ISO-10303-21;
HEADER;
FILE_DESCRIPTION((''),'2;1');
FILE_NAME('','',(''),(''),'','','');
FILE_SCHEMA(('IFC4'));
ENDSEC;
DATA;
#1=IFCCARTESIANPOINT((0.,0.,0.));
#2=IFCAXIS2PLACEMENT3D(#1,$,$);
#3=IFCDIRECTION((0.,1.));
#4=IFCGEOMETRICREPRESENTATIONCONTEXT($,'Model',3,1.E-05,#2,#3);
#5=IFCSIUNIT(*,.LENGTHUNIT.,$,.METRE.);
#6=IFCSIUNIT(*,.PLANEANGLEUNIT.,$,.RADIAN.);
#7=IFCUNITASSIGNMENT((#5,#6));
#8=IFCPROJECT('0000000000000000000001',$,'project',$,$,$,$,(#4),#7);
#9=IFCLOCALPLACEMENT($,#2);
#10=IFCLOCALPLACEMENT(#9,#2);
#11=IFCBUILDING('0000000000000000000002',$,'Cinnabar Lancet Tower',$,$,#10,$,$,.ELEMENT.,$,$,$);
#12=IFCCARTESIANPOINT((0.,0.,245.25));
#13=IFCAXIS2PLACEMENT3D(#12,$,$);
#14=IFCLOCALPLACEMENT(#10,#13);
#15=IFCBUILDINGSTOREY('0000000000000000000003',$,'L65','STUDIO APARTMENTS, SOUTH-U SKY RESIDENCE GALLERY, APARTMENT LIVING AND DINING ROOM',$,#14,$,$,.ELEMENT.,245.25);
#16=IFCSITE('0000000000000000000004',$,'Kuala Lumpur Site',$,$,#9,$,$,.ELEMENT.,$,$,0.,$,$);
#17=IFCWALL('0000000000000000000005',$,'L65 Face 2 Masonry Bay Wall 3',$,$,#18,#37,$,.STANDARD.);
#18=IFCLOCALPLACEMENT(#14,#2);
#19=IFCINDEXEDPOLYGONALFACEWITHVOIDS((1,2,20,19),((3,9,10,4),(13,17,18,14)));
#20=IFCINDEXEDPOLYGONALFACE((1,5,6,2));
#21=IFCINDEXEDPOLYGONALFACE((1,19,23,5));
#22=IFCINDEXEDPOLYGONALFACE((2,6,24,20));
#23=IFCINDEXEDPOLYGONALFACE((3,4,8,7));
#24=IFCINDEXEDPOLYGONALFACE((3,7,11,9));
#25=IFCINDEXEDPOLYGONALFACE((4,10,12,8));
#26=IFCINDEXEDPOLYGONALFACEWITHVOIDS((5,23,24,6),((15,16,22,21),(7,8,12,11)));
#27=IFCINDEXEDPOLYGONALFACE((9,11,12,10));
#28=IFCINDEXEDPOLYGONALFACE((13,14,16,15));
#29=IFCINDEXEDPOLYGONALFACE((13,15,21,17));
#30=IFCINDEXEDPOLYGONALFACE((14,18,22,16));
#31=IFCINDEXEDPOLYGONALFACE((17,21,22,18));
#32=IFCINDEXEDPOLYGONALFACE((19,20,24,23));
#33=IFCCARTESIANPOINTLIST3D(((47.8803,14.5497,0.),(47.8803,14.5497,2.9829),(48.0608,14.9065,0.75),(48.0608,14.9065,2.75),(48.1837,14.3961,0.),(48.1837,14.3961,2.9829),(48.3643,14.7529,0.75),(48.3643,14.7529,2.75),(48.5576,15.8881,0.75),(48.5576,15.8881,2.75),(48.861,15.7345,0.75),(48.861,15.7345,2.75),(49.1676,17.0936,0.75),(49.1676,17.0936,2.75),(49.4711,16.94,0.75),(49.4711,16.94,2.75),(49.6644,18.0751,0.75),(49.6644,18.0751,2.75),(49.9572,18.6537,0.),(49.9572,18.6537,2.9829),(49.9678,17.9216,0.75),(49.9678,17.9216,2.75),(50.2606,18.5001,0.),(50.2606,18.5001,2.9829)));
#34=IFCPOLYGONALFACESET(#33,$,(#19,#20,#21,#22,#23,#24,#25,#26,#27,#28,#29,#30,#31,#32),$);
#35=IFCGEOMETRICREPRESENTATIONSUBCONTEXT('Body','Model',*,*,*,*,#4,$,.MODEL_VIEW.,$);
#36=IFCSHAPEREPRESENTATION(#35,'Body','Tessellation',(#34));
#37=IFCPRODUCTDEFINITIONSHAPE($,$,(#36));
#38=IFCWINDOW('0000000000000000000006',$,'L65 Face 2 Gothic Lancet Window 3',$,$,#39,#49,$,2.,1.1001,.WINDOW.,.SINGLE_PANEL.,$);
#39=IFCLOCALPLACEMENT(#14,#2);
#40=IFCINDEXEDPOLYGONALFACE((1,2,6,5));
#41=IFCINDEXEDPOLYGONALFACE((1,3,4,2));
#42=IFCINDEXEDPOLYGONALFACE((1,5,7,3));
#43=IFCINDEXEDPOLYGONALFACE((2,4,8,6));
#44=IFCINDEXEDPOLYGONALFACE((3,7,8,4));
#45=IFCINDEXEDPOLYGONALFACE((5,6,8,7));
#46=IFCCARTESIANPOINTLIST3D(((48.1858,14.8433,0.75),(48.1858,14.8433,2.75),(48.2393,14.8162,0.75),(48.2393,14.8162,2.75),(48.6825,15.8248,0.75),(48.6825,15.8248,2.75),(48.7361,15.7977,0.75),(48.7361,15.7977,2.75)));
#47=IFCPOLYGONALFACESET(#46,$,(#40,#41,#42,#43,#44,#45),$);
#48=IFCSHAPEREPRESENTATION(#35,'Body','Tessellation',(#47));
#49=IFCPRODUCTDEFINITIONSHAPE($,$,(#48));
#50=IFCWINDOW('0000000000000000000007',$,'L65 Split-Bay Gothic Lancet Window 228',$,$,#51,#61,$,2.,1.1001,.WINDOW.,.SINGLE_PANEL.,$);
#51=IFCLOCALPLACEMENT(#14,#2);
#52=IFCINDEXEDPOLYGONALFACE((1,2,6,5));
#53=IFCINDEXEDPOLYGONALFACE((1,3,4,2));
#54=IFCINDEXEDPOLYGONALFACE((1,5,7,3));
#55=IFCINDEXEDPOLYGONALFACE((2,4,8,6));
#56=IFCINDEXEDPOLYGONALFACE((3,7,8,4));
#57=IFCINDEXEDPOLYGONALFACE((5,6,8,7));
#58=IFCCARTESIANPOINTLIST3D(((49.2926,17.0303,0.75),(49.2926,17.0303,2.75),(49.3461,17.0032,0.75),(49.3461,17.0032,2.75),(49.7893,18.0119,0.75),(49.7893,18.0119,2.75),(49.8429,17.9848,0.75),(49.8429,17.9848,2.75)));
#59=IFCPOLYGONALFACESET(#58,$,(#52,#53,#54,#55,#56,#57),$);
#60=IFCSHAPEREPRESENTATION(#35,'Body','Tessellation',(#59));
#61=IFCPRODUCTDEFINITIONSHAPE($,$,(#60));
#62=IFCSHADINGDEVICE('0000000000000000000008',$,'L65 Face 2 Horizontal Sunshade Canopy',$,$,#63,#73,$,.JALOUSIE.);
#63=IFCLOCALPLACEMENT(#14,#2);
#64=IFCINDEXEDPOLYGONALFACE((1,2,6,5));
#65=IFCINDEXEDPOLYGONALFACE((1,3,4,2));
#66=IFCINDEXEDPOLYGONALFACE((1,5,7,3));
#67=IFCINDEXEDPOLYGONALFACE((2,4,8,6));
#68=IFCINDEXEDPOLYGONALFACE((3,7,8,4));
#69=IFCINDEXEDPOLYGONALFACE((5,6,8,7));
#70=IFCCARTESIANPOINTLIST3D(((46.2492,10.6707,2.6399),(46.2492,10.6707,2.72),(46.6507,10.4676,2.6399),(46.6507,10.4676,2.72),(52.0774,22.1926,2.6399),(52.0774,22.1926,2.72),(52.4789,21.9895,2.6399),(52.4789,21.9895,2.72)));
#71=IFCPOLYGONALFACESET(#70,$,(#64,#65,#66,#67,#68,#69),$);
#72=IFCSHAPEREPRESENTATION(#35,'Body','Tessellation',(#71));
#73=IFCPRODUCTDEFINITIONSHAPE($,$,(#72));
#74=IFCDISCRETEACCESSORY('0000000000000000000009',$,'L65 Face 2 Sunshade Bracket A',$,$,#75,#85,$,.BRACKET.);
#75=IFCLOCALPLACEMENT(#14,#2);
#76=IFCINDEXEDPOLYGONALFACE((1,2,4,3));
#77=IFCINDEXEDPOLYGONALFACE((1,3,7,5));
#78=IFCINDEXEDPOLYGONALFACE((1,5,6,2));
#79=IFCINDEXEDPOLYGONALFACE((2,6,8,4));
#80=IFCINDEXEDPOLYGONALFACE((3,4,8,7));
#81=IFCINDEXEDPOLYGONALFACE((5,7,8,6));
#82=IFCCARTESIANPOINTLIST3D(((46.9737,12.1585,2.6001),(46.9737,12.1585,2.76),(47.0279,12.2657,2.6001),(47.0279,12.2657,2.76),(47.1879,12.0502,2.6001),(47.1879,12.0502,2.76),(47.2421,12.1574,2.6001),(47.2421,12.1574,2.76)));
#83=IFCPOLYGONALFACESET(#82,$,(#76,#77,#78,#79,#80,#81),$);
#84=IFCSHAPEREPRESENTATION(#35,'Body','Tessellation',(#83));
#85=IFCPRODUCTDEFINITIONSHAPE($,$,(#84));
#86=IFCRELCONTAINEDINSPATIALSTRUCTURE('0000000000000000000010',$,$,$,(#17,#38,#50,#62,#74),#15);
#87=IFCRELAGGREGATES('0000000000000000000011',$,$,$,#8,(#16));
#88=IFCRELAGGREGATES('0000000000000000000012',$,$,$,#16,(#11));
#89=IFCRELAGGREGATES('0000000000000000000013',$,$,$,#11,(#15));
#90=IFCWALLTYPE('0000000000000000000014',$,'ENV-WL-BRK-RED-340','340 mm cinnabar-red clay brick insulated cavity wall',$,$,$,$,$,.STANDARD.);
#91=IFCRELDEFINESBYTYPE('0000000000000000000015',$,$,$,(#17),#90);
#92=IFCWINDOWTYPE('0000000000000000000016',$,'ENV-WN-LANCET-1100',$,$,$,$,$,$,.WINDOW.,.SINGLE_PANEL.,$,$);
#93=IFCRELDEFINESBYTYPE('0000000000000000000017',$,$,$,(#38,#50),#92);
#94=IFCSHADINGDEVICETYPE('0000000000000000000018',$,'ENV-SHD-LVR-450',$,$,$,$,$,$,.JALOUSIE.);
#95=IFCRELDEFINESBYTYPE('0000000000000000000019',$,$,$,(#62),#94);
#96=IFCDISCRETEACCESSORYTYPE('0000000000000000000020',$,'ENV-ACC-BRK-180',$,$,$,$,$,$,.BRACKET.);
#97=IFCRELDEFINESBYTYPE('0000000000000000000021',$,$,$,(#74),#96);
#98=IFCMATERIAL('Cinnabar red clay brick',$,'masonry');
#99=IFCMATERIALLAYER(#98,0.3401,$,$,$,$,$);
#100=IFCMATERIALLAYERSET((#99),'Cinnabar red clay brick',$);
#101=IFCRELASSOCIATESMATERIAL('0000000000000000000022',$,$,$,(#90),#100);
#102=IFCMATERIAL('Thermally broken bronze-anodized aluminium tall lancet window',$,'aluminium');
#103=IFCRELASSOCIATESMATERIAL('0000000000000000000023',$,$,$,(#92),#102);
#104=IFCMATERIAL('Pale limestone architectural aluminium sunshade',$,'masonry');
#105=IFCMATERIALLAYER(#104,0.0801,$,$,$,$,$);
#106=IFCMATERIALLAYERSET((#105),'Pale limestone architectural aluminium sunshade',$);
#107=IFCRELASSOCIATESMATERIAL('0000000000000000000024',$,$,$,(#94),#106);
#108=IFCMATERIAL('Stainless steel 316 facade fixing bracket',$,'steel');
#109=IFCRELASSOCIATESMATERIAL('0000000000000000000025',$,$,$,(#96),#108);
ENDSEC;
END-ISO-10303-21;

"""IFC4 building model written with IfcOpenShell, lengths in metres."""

from ifc_helpers import new_model, si_unit, direction, frame, frame_2d, origin, origin_2d, place, context, subcontext, project, spatial, rectangle, extrude, material, layer, layer_set, type_object, element, fill, save


model = new_model("IFC4")

# Units and contexts
model_context = context("Model", 3, precision=1e-05, world=origin(), true_north=direction((0.0, 1.0)))
body_context = subcontext(model_context, "Body", "Model", "MODEL_VIEW")
ifc_project = project(units=[si_unit("LENGTHUNIT", "METRE"), si_unit("PLANEANGLEUNIT", "RADIAN")], contexts=[model_context])

# Site, building, storey
site_placement = place(None, origin())
site = spatial("IfcSite", under=ifc_project, at=site_placement, Name="Kuala Lumpur Site", CompositionType="ELEMENT", RefElevation=0.0)
building_placement = place(site_placement, origin())
building = spatial("IfcBuilding", under=site, at=building_placement, Name="Cinnabar Lancet Tower", CompositionType="ELEMENT")
storey_placement = place(building_placement, frame((0.0, 0.0, 245.25)))
storey = spatial("IfcBuildingStorey", under=building, at=storey_placement, Name="L65", Description="STUDIO APARTMENTS, SOUTH-U SKY RESIDENCE GALLERY, APARTMENT LIVING AND DINING ROOM", CompositionType="ELEMENT", Elevation=245.25)

# Shared definitions
ifc_material_1 = material(Name="Cinnabar red clay brick", Category="masonry")
ifc_layer_1 = layer(ifc_material_1, 0.3401)
ifc_layer_set_1 = layer_set([ifc_layer_1], Name="Cinnabar red clay brick")
wall_type_1 = type_object("IfcWallType", Name="ENV-WL-BRK-RED-340", Description="340 mm cinnabar-red clay brick insulated cavity wall", PredefinedType="STANDARD", material=ifc_layer_set_1)

# Wall, openings, windows
wall_1_placement = place(storey_placement, frame((48.032, 14.4729, 0.0), z_axis=(0.0, 0.0, 1.0), x_axis=(0.45154, 0.892251, 0.0)))
wall_1 = element("IfcWall", 1, at=wall_1_placement, inside=storey, type_object=wall_type_1, Name="L65 Face 2 Masonry Bay Wall 3", PredefinedType="STANDARD", context=body_context, shape_type="SweptSolid", body=[
    extrude(rectangle(XDim=4.5996, YDim=0.3401, at=frame_2d((2.2998, 0.0))), origin(), (0.0, 0.0, 1.0), 2.9829),
])
opening_1_placement = place(wall_1_placement, frame((0.3999, 0.0, 0.75)))
opening_1 = element("IfcOpeningElement", 2, at=opening_1_placement, cuts=wall_1, PredefinedType="OPENING", context=body_context, shape_type="SweptSolid", body=[
    extrude(rectangle(XDim=1.1001, YDim=2.0, at=frame_2d((0.55, 1.0))), frame((0.0, 0.1799, 0.0), z_axis=(0.0, -1.0, 0.0), x_axis=(1.0, 0.0, 0.0)), (0.0, 0.0, 1.0), 0.3601),
])
opening_2_placement = place(wall_1_placement, frame((2.8511, 0.0, 0.75)))
opening_2 = element("IfcOpeningElement", 3, at=opening_2_placement, cuts=wall_1, PredefinedType="OPENING", context=body_context, shape_type="SweptSolid", body=[
    extrude(rectangle(XDim=1.1001, YDim=2.0, at=frame_2d((0.55, 1.0))), frame((0.0, 0.1799, 0.0), z_axis=(0.0, -1.0, 0.0), x_axis=(1.0, 0.0, 0.0)), (0.0, 0.0, 1.0), 0.3601),
])
ifc_material_2 = material(Name="Thermally broken bronze-anodized aluminium tall lancet window", Category="aluminium")
window_type_1 = type_object("IfcWindowType", Name="ENV-WN-LANCET-1100", PartitioningType="SINGLE_PANEL", PredefinedType="WINDOW", material=ifc_material_2)
window_1_placement = place(opening_1_placement, origin())
window_1 = element("IfcWindow", 4, at=window_1_placement, inside=storey, type_object=window_type_1, Name="L65 Face 2 Gothic Lancet Window 3", OverallHeight=2.0, OverallWidth=1.1001, PartitioningType="SINGLE_PANEL", PredefinedType="WINDOW", context=body_context, shape_type="SweptSolid", body=[
    extrude(rectangle(XDim=1.1001, YDim=2.0, at=frame_2d((0.55, 1.0))), frame((0.0, 0.03, 0.0), z_axis=(0.0, -1.0, 0.0), x_axis=(1.0, 0.0, 0.0)), (0.0, 0.0, 1.0), 0.0601),
])
fill(opening_1, window_1)
window_2_placement = place(opening_2_placement, origin())
window_2 = element("IfcWindow", 5, at=window_2_placement, inside=storey, type_object=window_type_1, Name="L65 Split-Bay Gothic Lancet Window 228", OverallHeight=2.0, OverallWidth=1.1001, PartitioningType="SINGLE_PANEL", PredefinedType="WINDOW", context=body_context, shape_type="SweptSolid", body=[
    extrude(rectangle(XDim=1.1001, YDim=2.0, at=frame_2d((0.55, 1.0))), frame((0.0, 0.03, 0.0), z_axis=(0.0, -1.0, 0.0), x_axis=(1.0, 0.0, 0.0)), (0.0, 0.0, 1.0), 0.0601),
])
fill(opening_2, window_2)

# Shading device
ifc_material_3 = material(Name="Pale limestone architectural aluminium sunshade", Category="masonry")
ifc_layer_2 = layer(ifc_material_3, 0.0801)
ifc_layer_set_2 = layer_set([ifc_layer_2], Name="Pale limestone architectural aluminium sunshade")
shading_device_type = type_object("IfcShadingDeviceType", Name="ENV-SHD-LVR-450", PredefinedType="JALOUSIE", material=ifc_layer_set_2)
shading_device_placement = place(storey_placement, frame((49.364, 16.3301, 2.6399), z_axis=(0.0, 0.0, 1.0), x_axis=(0.451376, 0.892334, 0.0)))
element("IfcShadingDevice", 6, at=shading_device_placement, inside=storey, type_object=shading_device_type, Name="L65 Face 2 Horizontal Sunshade Canopy", PredefinedType="JALOUSIE", context=body_context, shape_type="SweptSolid", body=[
    extrude(rectangle(XDim=12.9121, YDim=0.45, at=origin_2d()), origin(), (0.0, 0.0, 1.0), 0.0801),
])

# Discrete accessory
ifc_material_4 = material(Name="Stainless steel 316 facade fixing bracket", Category="steel")
discrete_accessory_type = type_object("IfcDiscreteAccessoryType", Name="ENV-ACC-BRK-180", PredefinedType="BRACKET", material=ifc_material_4)
discrete_accessory_placement = place(storey_placement, frame((47.1079, 12.158, 2.6001), z_axis=(0.0, 0.0, 1.0), x_axis=(0.451376, 0.892334, 0.0)))
element("IfcDiscreteAccessory", 7, at=discrete_accessory_placement, inside=storey, type_object=discrete_accessory_type, Name="L65 Face 2 Sunshade Bracket A", PredefinedType="BRACKET", context=body_context, shape_type="SweptSolid", body=[
    extrude(rectangle(XDim=0.1201, YDim=0.24, at=origin_2d()), origin(), (0.0, 0.0, 1.0), 0.1599),
])

save(model, "model.ifc")
